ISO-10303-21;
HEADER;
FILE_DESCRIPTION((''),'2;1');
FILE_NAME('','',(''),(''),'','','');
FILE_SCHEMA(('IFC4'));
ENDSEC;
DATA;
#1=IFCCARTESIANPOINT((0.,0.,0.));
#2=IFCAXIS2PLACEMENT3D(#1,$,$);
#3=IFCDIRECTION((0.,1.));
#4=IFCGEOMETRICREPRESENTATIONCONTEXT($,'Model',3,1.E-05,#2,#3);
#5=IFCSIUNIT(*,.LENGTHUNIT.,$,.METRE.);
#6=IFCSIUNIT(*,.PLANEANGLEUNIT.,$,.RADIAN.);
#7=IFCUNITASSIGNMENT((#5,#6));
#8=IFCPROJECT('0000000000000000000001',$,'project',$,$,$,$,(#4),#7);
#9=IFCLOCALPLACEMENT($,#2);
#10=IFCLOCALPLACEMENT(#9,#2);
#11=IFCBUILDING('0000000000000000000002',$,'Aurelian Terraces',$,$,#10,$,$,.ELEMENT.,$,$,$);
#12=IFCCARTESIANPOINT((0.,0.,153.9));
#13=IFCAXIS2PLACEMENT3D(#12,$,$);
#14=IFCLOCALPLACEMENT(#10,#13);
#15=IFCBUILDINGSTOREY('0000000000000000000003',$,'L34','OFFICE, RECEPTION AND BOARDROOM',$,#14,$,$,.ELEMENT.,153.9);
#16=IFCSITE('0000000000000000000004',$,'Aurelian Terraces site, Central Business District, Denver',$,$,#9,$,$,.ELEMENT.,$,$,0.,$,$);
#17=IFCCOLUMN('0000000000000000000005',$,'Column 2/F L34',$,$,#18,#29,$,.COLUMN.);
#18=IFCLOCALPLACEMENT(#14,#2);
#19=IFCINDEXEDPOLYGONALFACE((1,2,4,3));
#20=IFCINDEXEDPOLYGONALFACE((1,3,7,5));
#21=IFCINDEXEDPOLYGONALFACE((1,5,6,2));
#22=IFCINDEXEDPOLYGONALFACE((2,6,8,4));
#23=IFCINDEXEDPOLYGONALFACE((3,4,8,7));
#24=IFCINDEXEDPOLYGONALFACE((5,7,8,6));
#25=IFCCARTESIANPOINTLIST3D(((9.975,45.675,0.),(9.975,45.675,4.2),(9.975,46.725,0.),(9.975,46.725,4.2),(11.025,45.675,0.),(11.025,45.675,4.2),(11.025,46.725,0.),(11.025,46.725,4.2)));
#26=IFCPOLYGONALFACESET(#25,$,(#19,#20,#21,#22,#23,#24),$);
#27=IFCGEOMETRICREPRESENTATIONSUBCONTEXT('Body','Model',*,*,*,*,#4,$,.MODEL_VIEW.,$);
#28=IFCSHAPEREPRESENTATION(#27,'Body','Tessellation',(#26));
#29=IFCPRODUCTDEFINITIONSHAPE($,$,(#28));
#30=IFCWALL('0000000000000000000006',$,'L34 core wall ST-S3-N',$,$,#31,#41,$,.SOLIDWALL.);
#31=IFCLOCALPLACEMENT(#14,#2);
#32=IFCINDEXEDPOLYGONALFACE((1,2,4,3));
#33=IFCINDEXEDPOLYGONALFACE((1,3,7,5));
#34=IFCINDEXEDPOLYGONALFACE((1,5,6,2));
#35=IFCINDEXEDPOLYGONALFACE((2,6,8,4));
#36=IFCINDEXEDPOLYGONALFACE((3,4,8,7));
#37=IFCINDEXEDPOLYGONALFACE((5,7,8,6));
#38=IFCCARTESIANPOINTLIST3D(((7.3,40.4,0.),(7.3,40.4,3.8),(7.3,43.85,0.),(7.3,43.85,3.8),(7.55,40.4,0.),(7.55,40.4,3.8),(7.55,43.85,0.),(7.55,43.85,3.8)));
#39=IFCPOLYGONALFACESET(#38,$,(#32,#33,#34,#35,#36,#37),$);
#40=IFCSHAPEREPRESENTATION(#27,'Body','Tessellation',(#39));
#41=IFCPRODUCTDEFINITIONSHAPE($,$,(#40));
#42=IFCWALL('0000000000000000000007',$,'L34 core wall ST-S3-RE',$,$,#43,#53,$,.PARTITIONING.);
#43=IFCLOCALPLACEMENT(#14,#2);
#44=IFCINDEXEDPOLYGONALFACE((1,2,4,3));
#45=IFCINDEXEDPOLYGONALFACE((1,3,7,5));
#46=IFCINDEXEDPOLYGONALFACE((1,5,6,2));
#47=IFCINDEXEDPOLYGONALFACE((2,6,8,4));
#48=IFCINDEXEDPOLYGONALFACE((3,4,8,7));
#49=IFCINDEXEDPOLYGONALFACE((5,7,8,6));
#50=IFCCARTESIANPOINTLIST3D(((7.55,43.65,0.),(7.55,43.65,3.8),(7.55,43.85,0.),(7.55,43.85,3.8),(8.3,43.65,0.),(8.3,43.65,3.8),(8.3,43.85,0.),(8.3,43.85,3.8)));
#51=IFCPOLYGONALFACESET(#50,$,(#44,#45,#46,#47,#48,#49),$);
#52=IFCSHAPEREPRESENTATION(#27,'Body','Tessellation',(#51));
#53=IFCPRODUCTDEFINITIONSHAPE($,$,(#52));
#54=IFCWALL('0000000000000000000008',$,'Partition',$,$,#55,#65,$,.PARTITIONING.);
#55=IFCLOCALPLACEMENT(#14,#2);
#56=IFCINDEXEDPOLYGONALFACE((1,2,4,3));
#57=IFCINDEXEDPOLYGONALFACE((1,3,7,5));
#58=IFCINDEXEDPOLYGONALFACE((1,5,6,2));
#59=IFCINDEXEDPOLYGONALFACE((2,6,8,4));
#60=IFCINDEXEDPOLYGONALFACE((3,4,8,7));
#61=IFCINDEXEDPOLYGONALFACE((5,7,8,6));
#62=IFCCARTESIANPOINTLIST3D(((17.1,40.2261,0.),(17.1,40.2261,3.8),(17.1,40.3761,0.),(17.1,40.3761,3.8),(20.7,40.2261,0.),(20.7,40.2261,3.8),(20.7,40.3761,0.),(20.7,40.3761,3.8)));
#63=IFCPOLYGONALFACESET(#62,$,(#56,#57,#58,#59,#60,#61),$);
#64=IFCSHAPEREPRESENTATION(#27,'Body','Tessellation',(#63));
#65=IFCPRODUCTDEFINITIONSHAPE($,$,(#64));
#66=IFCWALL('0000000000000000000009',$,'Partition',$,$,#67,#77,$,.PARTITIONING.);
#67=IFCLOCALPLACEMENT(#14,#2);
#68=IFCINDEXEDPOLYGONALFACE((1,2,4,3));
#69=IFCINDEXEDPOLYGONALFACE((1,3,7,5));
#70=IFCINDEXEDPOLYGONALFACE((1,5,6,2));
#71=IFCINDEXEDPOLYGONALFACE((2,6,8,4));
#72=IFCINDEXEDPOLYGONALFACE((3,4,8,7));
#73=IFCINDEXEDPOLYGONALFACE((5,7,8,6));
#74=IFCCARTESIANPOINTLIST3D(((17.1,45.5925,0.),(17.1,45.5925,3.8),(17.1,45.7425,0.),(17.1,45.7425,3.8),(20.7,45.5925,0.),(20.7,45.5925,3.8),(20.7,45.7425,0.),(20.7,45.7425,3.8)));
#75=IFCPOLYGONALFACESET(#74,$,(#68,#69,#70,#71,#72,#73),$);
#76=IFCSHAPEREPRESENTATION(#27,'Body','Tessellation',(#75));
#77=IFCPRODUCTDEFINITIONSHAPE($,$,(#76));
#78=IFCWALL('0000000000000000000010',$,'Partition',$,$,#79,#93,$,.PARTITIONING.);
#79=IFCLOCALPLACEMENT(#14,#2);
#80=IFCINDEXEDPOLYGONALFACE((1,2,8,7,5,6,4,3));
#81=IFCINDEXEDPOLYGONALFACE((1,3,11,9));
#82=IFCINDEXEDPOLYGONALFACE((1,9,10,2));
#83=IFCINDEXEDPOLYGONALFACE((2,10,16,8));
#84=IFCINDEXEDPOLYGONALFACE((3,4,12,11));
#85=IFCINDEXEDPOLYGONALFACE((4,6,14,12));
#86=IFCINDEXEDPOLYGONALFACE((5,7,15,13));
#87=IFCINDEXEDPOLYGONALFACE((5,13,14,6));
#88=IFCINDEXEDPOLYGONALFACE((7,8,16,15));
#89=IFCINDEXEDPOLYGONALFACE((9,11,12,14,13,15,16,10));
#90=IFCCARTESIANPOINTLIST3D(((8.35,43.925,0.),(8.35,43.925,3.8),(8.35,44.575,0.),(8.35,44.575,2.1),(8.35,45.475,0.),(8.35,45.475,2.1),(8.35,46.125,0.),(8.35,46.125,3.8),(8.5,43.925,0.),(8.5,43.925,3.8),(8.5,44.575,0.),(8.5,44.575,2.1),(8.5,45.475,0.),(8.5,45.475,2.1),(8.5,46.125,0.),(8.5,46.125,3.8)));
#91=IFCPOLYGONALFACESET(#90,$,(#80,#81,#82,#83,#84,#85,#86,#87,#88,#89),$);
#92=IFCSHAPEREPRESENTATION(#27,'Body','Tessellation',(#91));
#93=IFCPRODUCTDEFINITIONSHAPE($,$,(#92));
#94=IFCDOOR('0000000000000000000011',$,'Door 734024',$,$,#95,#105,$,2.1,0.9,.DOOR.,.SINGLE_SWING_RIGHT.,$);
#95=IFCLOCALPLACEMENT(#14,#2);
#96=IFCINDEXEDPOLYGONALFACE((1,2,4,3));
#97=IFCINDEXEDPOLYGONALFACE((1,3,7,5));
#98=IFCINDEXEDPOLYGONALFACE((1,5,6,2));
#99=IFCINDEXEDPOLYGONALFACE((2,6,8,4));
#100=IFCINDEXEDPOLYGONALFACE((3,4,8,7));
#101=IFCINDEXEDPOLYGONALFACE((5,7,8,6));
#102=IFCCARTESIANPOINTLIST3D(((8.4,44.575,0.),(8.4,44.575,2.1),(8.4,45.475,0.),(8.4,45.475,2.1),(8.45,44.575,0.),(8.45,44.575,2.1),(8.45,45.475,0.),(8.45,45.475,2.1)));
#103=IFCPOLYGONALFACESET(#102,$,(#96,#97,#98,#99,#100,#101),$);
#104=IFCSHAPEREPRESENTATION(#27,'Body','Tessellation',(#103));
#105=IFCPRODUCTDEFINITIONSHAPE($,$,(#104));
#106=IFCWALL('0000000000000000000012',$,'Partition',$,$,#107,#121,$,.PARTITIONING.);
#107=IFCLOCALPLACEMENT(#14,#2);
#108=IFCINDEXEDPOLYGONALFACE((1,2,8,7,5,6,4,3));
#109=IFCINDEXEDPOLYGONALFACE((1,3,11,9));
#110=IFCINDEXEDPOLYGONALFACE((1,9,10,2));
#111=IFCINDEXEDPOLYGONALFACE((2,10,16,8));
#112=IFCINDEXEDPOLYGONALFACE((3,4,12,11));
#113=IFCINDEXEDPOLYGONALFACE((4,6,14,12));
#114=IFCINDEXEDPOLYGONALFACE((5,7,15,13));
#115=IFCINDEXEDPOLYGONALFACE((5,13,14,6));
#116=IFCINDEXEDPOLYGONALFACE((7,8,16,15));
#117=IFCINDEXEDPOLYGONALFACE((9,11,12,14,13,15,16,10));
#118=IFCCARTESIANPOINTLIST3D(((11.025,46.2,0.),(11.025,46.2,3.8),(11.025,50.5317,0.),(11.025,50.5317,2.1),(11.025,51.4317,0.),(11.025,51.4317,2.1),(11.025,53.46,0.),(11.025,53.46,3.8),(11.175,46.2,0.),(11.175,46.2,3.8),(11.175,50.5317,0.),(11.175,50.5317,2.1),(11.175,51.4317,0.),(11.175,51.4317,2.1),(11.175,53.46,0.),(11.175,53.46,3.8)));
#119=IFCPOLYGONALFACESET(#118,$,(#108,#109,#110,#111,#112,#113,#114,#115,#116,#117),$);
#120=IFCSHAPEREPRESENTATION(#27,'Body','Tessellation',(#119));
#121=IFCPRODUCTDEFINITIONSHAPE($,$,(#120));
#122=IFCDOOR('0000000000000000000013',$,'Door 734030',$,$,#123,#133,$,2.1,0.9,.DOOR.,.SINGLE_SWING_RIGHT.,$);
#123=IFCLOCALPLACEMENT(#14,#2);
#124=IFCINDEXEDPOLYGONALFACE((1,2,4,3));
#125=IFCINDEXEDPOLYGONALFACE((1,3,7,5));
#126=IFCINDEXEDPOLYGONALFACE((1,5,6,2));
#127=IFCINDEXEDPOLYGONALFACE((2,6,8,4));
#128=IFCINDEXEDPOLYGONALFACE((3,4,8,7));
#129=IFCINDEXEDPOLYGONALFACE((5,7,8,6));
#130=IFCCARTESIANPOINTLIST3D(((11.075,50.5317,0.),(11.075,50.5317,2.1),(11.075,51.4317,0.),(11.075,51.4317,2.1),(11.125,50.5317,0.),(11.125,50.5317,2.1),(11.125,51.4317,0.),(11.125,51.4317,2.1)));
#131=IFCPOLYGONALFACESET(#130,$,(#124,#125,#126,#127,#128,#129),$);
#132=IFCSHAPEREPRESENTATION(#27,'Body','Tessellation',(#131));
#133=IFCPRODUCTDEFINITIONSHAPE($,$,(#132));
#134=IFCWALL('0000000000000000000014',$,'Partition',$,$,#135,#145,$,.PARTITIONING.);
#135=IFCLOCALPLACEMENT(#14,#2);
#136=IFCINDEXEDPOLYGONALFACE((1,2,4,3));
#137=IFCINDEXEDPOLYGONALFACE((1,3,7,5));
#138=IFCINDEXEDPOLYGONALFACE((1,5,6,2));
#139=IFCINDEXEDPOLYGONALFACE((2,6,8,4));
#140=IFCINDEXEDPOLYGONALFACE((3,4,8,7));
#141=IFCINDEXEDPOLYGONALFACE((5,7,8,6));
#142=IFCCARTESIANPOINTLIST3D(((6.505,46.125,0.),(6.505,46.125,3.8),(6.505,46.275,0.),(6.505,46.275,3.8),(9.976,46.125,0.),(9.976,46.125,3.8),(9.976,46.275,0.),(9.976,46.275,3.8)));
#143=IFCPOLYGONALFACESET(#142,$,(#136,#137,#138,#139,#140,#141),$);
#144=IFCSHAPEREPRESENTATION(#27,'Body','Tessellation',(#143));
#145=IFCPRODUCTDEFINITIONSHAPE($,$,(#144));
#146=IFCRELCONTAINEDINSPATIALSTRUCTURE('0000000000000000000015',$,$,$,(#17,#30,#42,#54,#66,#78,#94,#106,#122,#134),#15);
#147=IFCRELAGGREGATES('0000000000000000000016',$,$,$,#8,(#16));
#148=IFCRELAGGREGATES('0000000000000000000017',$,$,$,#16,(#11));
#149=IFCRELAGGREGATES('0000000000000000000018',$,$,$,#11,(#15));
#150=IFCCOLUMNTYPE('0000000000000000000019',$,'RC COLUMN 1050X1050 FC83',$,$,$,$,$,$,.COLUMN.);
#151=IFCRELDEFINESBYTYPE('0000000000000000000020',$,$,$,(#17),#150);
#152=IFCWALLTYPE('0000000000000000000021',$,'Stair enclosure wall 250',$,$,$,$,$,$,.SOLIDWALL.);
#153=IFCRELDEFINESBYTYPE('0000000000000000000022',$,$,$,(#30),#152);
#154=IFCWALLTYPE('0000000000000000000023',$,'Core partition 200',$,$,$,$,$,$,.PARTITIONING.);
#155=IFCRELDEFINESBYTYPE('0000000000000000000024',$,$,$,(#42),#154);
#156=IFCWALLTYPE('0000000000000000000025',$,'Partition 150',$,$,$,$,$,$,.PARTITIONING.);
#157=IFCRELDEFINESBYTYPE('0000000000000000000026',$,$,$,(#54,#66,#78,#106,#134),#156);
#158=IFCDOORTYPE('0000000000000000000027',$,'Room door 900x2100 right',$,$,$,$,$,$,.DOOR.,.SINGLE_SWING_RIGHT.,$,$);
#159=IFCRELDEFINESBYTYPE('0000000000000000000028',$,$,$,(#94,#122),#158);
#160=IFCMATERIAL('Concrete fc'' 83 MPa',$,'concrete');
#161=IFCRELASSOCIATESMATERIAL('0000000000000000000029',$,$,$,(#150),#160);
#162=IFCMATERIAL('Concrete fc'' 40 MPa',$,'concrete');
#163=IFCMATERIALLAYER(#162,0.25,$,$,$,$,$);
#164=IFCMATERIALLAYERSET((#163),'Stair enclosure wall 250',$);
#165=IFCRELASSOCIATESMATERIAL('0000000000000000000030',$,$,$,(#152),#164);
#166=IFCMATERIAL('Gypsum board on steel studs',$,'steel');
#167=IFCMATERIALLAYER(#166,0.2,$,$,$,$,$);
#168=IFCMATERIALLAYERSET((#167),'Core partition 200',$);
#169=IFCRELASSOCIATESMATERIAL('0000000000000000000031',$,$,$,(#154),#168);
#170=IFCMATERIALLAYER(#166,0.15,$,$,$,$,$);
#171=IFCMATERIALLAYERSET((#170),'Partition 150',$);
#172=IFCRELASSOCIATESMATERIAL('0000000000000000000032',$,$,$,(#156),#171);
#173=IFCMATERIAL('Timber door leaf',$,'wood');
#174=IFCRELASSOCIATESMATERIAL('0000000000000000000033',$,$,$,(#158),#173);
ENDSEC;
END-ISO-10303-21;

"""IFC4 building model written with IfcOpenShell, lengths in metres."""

from ifc_helpers import new_model, si_unit, direction, frame, frame_2d, origin, origin_2d, place, context, subcontext, project, spatial, rectangle, extrude, source, transform, mapped, material, layer, layer_set, material_profile, profile_set, type_object, element, fill, save


model = new_model("IFC4")

# Units and contexts
model_context = context("Model", 3, precision=1e-05, world=origin(), true_north=direction((0.0, 1.0)))
body_context = subcontext(model_context, "Body", "Model", "MODEL_VIEW")
ifc_project = project(units=[si_unit("LENGTHUNIT", "METRE"), si_unit("PLANEANGLEUNIT", "RADIAN")], contexts=[model_context])

# Site, building, storey
site_placement = place(None, origin())
site = spatial("IfcSite", under=ifc_project, at=site_placement, Name="Aurelian Terraces site, Central Business District, Denver", CompositionType="ELEMENT", RefElevation=0.0)
building_placement = place(site_placement, origin())
building = spatial("IfcBuilding", under=site, at=building_placement, Name="Aurelian Terraces", CompositionType="ELEMENT")
storey_placement = place(building_placement, frame((0.0, 0.0, 153.9)))
storey = spatial("IfcBuildingStorey", under=building, at=storey_placement, Name="L34", Description="OFFICE, RECEPTION AND BOARDROOM", CompositionType="ELEMENT", Elevation=153.9)

# Column
ifc_material_1 = material(Name="Concrete fc' 83 MPa", Category="concrete")
ifc_material_profile = material_profile(ifc_material_1, rectangle(XDim=1.05, YDim=1.05, at=origin_2d()))
ifc_profile_set = profile_set([ifc_material_profile], Name="Concrete fc' 83 MPa")
column_type = type_object("IfcColumnType", Name="RC COLUMN 1050X1050 FC83", PredefinedType="COLUMN", material=ifc_profile_set)
shared_shape_1 = source(origin(), body_context, "Body", "SweptSolid", [
    extrude(rectangle(XDim=1.05, YDim=1.05, at=origin_2d()), origin(), (0.0, 0.0, 1.0), 4.2),
])
column_placement = place(storey_placement, frame((10.5, 46.2, 0.0), z_axis=(0.0, 0.0, 1.0), x_axis=(1.0, 0.0, 0.0)))
element("IfcColumn", 1, at=column_placement, inside=storey, type_object=column_type, Name="Column 2/F L34", PredefinedType="COLUMN", context=body_context, shape_type="MappedRepresentation", body=[
    mapped(shared_shape_1, transform((0.0, 0.0, 0.0), scale=1.0)),
])

# Walls
ifc_material_2 = material(Name="Concrete fc' 40 MPa", Category="concrete")
ifc_layer_1 = layer(ifc_material_2, 0.25)
ifc_layer_set_1 = layer_set([ifc_layer_1], Name="Stair enclosure wall 250")
wall_type_1 = type_object("IfcWallType", Name="Stair enclosure wall 250", PredefinedType="SOLIDWALL", material=ifc_layer_set_1)
shared_shape_2 = source(origin(), body_context, "Body", "SweptSolid", [
    extrude(rectangle(XDim=3.45, YDim=0.25, at=frame_2d((1.725, 0.0))), origin(), (0.0, 0.0, 1.0), 3.8),
])
wall_1_placement = place(storey_placement, frame((7.425, 40.4, 0.0), z_axis=(0.0, 0.0, 1.0), x_axis=(0.0, 1.0, 0.0)))
element("IfcWall", 2, at=wall_1_placement, inside=storey, type_object=wall_type_1, Name="L34 core wall ST-S3-N", PredefinedType="SOLIDWALL", context=body_context, shape_type="MappedRepresentation", body=[
    mapped(shared_shape_2, transform((0.0, 0.0, 0.0), scale=1.0)),
])
ifc_material_3 = material(Name="Gypsum board on steel studs", Category="steel")
ifc_layer_2 = layer(ifc_material_3, 0.2)
ifc_layer_set_2 = layer_set([ifc_layer_2], Name="Core partition 200")
wall_type_2 = type_object("IfcWallType", Name="Core partition 200", PredefinedType="PARTITIONING", material=ifc_layer_set_2)
shared_shape_3 = source(origin(), body_context, "Body", "SweptSolid", [
    extrude(rectangle(XDim=0.75, YDim=0.2, at=frame_2d((0.375, 0.0))), origin(), (0.0, 0.0, 1.0), 3.8),
])
wall_2_placement = place(storey_placement, frame((7.55, 43.75, 0.0), z_axis=(0.0, 0.0, 1.0), x_axis=(1.0, 0.0, 0.0)))
element("IfcWall", 3, at=wall_2_placement, inside=storey, type_object=wall_type_2, Name="L34 core wall ST-S3-RE", PredefinedType="PARTITIONING", context=body_context, shape_type="MappedRepresentation", body=[
    mapped(shared_shape_3, transform((0.0, 0.0, 0.0), scale=1.0)),
])
ifc_layer_3 = layer(ifc_material_3, 0.15)
ifc_layer_set_3 = layer_set([ifc_layer_3], Name="Partition 150")
wall_type_3 = type_object("IfcWallType", Name="Partition 150", PredefinedType="PARTITIONING", material=ifc_layer_set_3)
shared_shape_4 = source(origin(), body_context, "Body", "SweptSolid", [
    extrude(rectangle(XDim=3.6, YDim=0.15, at=frame_2d((1.8, 0.0))), origin(), (0.0, 0.0, 1.0), 3.8),
])
for number, where, z_axis, x_axis, name in (
    (4, (17.1, 40.3011, 0.0), (0.0, 0.0, 1.0), (1.0, 0.0, 0.0), "Partition"),
    (5, (17.1, 45.6675, 0.0), (0.0, 0.0, 1.0), (1.0, 0.0, 0.0), "Partition"),
):
    element("IfcWall", number, at=place(storey_placement, frame(where, z_axis=z_axis, x_axis=x_axis)), inside=storey, type_object=wall_type_3, Name=name, PredefinedType="PARTITIONING", context=body_context, shape_type="MappedRepresentation", body=[
        mapped(shared_shape_4, transform((0.0, 0.0, 0.0), scale=1.0)),
    ])

# Walls, openings, doors
shared_shape_5 = source(origin(), body_context, "Body", "SweptSolid", [
    extrude(rectangle(XDim=2.2, YDim=0.15, at=frame_2d((1.1, 0.0))), origin(), (0.0, 0.0, 1.0), 3.8),
])
wall_3_placement = place(storey_placement, frame((8.425, 43.925, 0.0), z_axis=(0.0, 0.0, 1.0), x_axis=(0.0, 1.0, 0.0)))
wall_3 = element("IfcWall", 6, at=wall_3_placement, inside=storey, type_object=wall_type_3, Name="Partition", PredefinedType="PARTITIONING", context=body_context, shape_type="MappedRepresentation", body=[
    mapped(shared_shape_5, transform((0.0, 0.0, 0.0), scale=1.0)),
])
shared_shape_6 = source(origin(), body_context, "Body", "SweptSolid", [
    extrude(rectangle(XDim=0.9, YDim=2.1, at=frame_2d((0.45, 1.05))), frame((0.0, 0.085, 0.0), z_axis=(0.0, -1.0, 0.0), x_axis=(1.0, 0.0, 0.0)), (0.0, 0.0, 1.0), 0.17),
])
opening_1_placement = place(wall_3_placement, frame((0.65, 0.0, 0.0)))
opening_1 = element("IfcOpeningElement", 7, at=opening_1_placement, cuts=wall_3, PredefinedType="OPENING", context=body_context, shape_type="MappedRepresentation", body=[
    mapped(shared_shape_6, transform((0.0, 0.0, 0.0), scale=1.0)),
])
ifc_material_4 = material(Name="Timber door leaf", Category="wood")
door_type = type_object("IfcDoorType", Name="Room door 900x2100 right", OperationType="SINGLE_SWING_RIGHT", PredefinedType="DOOR", material=ifc_material_4)
shared_shape_7 = source(origin(), body_context, "Body", "SweptSolid", [
    extrude(rectangle(XDim=0.9, YDim=2.1, at=frame_2d((0.45, 1.05))), frame((0.0, 0.025, 0.0), z_axis=(0.0, -1.0, 0.0), x_axis=(1.0, 0.0, 0.0)), (0.0, 0.0, 1.0), 0.05),
])
door_1_placement = place(opening_1_placement, origin())
door_1 = element("IfcDoor", 8, at=door_1_placement, inside=storey, type_object=door_type, Name="Door 734024", OperationType="SINGLE_SWING_RIGHT", OverallHeight=2.1, OverallWidth=0.9, PredefinedType="DOOR", context=body_context, shape_type="MappedRepresentation", body=[
    mapped(shared_shape_7, transform((0.0, 0.0, 0.0), scale=1.0)),
])
fill(opening_1, door_1)
shared_shape_8 = source(origin(), body_context, "Body", "SweptSolid", [
    extrude(rectangle(XDim=7.26, YDim=0.15, at=frame_2d((3.63, 0.0))), origin(), (0.0, 0.0, 1.0), 3.8),
])
wall_4_placement = place(storey_placement, frame((11.1, 46.2, 0.0), z_axis=(0.0, 0.0, 1.0), x_axis=(0.0, 1.0, 0.0)))
wall_4 = element("IfcWall", 9, at=wall_4_placement, inside=storey, type_object=wall_type_3, Name="Partition", PredefinedType="PARTITIONING", context=body_context, shape_type="MappedRepresentation", body=[
    mapped(shared_shape_8, transform((0.0, 0.0, 0.0), scale=1.0)),
])
opening_2_placement = place(wall_4_placement, frame((4.3317, 0.0, 0.0)))
opening_2 = element("IfcOpeningElement", 10, at=opening_2_placement, cuts=wall_4, PredefinedType="OPENING", context=body_context, shape_type="MappedRepresentation", body=[
    mapped(shared_shape_6, transform((0.0, 0.0, 0.0), scale=1.0)),
])
door_2_placement = place(opening_2_placement, origin())
door_2 = element("IfcDoor", 11, at=door_2_placement, inside=storey, type_object=door_type, Name="Door 734030", OperationType="SINGLE_SWING_RIGHT", OverallHeight=2.1, OverallWidth=0.9, PredefinedType="DOOR", context=body_context, shape_type="MappedRepresentation", body=[
    mapped(shared_shape_7, transform((0.0, 0.0, 0.0), scale=1.0)),
])
fill(opening_2, door_2)

# Wall
shared_shape_9 = source(origin(), body_context, "Body", "SweptSolid", [
    extrude(rectangle(XDim=3.471, YDim=0.15, at=frame_2d((1.7355, 0.0))), origin(), (0.0, 0.0, 1.0), 3.8),
])
wall_5_placement = place(storey_placement, frame((9.976, 46.2, 0.0), z_axis=(0.0, 0.0, 1.0), x_axis=(-1.0, 0.0, 0.0)))
element("IfcWall", 12, at=wall_5_placement, inside=storey, type_object=wall_type_3, Name="Partition", PredefinedType="PARTITIONING", context=body_context, shape_type="MappedRepresentation", body=[
    mapped(shared_shape_9, transform((0.0, 0.0, 0.0), scale=1.0)),
])

save(model, "model.ifc")
